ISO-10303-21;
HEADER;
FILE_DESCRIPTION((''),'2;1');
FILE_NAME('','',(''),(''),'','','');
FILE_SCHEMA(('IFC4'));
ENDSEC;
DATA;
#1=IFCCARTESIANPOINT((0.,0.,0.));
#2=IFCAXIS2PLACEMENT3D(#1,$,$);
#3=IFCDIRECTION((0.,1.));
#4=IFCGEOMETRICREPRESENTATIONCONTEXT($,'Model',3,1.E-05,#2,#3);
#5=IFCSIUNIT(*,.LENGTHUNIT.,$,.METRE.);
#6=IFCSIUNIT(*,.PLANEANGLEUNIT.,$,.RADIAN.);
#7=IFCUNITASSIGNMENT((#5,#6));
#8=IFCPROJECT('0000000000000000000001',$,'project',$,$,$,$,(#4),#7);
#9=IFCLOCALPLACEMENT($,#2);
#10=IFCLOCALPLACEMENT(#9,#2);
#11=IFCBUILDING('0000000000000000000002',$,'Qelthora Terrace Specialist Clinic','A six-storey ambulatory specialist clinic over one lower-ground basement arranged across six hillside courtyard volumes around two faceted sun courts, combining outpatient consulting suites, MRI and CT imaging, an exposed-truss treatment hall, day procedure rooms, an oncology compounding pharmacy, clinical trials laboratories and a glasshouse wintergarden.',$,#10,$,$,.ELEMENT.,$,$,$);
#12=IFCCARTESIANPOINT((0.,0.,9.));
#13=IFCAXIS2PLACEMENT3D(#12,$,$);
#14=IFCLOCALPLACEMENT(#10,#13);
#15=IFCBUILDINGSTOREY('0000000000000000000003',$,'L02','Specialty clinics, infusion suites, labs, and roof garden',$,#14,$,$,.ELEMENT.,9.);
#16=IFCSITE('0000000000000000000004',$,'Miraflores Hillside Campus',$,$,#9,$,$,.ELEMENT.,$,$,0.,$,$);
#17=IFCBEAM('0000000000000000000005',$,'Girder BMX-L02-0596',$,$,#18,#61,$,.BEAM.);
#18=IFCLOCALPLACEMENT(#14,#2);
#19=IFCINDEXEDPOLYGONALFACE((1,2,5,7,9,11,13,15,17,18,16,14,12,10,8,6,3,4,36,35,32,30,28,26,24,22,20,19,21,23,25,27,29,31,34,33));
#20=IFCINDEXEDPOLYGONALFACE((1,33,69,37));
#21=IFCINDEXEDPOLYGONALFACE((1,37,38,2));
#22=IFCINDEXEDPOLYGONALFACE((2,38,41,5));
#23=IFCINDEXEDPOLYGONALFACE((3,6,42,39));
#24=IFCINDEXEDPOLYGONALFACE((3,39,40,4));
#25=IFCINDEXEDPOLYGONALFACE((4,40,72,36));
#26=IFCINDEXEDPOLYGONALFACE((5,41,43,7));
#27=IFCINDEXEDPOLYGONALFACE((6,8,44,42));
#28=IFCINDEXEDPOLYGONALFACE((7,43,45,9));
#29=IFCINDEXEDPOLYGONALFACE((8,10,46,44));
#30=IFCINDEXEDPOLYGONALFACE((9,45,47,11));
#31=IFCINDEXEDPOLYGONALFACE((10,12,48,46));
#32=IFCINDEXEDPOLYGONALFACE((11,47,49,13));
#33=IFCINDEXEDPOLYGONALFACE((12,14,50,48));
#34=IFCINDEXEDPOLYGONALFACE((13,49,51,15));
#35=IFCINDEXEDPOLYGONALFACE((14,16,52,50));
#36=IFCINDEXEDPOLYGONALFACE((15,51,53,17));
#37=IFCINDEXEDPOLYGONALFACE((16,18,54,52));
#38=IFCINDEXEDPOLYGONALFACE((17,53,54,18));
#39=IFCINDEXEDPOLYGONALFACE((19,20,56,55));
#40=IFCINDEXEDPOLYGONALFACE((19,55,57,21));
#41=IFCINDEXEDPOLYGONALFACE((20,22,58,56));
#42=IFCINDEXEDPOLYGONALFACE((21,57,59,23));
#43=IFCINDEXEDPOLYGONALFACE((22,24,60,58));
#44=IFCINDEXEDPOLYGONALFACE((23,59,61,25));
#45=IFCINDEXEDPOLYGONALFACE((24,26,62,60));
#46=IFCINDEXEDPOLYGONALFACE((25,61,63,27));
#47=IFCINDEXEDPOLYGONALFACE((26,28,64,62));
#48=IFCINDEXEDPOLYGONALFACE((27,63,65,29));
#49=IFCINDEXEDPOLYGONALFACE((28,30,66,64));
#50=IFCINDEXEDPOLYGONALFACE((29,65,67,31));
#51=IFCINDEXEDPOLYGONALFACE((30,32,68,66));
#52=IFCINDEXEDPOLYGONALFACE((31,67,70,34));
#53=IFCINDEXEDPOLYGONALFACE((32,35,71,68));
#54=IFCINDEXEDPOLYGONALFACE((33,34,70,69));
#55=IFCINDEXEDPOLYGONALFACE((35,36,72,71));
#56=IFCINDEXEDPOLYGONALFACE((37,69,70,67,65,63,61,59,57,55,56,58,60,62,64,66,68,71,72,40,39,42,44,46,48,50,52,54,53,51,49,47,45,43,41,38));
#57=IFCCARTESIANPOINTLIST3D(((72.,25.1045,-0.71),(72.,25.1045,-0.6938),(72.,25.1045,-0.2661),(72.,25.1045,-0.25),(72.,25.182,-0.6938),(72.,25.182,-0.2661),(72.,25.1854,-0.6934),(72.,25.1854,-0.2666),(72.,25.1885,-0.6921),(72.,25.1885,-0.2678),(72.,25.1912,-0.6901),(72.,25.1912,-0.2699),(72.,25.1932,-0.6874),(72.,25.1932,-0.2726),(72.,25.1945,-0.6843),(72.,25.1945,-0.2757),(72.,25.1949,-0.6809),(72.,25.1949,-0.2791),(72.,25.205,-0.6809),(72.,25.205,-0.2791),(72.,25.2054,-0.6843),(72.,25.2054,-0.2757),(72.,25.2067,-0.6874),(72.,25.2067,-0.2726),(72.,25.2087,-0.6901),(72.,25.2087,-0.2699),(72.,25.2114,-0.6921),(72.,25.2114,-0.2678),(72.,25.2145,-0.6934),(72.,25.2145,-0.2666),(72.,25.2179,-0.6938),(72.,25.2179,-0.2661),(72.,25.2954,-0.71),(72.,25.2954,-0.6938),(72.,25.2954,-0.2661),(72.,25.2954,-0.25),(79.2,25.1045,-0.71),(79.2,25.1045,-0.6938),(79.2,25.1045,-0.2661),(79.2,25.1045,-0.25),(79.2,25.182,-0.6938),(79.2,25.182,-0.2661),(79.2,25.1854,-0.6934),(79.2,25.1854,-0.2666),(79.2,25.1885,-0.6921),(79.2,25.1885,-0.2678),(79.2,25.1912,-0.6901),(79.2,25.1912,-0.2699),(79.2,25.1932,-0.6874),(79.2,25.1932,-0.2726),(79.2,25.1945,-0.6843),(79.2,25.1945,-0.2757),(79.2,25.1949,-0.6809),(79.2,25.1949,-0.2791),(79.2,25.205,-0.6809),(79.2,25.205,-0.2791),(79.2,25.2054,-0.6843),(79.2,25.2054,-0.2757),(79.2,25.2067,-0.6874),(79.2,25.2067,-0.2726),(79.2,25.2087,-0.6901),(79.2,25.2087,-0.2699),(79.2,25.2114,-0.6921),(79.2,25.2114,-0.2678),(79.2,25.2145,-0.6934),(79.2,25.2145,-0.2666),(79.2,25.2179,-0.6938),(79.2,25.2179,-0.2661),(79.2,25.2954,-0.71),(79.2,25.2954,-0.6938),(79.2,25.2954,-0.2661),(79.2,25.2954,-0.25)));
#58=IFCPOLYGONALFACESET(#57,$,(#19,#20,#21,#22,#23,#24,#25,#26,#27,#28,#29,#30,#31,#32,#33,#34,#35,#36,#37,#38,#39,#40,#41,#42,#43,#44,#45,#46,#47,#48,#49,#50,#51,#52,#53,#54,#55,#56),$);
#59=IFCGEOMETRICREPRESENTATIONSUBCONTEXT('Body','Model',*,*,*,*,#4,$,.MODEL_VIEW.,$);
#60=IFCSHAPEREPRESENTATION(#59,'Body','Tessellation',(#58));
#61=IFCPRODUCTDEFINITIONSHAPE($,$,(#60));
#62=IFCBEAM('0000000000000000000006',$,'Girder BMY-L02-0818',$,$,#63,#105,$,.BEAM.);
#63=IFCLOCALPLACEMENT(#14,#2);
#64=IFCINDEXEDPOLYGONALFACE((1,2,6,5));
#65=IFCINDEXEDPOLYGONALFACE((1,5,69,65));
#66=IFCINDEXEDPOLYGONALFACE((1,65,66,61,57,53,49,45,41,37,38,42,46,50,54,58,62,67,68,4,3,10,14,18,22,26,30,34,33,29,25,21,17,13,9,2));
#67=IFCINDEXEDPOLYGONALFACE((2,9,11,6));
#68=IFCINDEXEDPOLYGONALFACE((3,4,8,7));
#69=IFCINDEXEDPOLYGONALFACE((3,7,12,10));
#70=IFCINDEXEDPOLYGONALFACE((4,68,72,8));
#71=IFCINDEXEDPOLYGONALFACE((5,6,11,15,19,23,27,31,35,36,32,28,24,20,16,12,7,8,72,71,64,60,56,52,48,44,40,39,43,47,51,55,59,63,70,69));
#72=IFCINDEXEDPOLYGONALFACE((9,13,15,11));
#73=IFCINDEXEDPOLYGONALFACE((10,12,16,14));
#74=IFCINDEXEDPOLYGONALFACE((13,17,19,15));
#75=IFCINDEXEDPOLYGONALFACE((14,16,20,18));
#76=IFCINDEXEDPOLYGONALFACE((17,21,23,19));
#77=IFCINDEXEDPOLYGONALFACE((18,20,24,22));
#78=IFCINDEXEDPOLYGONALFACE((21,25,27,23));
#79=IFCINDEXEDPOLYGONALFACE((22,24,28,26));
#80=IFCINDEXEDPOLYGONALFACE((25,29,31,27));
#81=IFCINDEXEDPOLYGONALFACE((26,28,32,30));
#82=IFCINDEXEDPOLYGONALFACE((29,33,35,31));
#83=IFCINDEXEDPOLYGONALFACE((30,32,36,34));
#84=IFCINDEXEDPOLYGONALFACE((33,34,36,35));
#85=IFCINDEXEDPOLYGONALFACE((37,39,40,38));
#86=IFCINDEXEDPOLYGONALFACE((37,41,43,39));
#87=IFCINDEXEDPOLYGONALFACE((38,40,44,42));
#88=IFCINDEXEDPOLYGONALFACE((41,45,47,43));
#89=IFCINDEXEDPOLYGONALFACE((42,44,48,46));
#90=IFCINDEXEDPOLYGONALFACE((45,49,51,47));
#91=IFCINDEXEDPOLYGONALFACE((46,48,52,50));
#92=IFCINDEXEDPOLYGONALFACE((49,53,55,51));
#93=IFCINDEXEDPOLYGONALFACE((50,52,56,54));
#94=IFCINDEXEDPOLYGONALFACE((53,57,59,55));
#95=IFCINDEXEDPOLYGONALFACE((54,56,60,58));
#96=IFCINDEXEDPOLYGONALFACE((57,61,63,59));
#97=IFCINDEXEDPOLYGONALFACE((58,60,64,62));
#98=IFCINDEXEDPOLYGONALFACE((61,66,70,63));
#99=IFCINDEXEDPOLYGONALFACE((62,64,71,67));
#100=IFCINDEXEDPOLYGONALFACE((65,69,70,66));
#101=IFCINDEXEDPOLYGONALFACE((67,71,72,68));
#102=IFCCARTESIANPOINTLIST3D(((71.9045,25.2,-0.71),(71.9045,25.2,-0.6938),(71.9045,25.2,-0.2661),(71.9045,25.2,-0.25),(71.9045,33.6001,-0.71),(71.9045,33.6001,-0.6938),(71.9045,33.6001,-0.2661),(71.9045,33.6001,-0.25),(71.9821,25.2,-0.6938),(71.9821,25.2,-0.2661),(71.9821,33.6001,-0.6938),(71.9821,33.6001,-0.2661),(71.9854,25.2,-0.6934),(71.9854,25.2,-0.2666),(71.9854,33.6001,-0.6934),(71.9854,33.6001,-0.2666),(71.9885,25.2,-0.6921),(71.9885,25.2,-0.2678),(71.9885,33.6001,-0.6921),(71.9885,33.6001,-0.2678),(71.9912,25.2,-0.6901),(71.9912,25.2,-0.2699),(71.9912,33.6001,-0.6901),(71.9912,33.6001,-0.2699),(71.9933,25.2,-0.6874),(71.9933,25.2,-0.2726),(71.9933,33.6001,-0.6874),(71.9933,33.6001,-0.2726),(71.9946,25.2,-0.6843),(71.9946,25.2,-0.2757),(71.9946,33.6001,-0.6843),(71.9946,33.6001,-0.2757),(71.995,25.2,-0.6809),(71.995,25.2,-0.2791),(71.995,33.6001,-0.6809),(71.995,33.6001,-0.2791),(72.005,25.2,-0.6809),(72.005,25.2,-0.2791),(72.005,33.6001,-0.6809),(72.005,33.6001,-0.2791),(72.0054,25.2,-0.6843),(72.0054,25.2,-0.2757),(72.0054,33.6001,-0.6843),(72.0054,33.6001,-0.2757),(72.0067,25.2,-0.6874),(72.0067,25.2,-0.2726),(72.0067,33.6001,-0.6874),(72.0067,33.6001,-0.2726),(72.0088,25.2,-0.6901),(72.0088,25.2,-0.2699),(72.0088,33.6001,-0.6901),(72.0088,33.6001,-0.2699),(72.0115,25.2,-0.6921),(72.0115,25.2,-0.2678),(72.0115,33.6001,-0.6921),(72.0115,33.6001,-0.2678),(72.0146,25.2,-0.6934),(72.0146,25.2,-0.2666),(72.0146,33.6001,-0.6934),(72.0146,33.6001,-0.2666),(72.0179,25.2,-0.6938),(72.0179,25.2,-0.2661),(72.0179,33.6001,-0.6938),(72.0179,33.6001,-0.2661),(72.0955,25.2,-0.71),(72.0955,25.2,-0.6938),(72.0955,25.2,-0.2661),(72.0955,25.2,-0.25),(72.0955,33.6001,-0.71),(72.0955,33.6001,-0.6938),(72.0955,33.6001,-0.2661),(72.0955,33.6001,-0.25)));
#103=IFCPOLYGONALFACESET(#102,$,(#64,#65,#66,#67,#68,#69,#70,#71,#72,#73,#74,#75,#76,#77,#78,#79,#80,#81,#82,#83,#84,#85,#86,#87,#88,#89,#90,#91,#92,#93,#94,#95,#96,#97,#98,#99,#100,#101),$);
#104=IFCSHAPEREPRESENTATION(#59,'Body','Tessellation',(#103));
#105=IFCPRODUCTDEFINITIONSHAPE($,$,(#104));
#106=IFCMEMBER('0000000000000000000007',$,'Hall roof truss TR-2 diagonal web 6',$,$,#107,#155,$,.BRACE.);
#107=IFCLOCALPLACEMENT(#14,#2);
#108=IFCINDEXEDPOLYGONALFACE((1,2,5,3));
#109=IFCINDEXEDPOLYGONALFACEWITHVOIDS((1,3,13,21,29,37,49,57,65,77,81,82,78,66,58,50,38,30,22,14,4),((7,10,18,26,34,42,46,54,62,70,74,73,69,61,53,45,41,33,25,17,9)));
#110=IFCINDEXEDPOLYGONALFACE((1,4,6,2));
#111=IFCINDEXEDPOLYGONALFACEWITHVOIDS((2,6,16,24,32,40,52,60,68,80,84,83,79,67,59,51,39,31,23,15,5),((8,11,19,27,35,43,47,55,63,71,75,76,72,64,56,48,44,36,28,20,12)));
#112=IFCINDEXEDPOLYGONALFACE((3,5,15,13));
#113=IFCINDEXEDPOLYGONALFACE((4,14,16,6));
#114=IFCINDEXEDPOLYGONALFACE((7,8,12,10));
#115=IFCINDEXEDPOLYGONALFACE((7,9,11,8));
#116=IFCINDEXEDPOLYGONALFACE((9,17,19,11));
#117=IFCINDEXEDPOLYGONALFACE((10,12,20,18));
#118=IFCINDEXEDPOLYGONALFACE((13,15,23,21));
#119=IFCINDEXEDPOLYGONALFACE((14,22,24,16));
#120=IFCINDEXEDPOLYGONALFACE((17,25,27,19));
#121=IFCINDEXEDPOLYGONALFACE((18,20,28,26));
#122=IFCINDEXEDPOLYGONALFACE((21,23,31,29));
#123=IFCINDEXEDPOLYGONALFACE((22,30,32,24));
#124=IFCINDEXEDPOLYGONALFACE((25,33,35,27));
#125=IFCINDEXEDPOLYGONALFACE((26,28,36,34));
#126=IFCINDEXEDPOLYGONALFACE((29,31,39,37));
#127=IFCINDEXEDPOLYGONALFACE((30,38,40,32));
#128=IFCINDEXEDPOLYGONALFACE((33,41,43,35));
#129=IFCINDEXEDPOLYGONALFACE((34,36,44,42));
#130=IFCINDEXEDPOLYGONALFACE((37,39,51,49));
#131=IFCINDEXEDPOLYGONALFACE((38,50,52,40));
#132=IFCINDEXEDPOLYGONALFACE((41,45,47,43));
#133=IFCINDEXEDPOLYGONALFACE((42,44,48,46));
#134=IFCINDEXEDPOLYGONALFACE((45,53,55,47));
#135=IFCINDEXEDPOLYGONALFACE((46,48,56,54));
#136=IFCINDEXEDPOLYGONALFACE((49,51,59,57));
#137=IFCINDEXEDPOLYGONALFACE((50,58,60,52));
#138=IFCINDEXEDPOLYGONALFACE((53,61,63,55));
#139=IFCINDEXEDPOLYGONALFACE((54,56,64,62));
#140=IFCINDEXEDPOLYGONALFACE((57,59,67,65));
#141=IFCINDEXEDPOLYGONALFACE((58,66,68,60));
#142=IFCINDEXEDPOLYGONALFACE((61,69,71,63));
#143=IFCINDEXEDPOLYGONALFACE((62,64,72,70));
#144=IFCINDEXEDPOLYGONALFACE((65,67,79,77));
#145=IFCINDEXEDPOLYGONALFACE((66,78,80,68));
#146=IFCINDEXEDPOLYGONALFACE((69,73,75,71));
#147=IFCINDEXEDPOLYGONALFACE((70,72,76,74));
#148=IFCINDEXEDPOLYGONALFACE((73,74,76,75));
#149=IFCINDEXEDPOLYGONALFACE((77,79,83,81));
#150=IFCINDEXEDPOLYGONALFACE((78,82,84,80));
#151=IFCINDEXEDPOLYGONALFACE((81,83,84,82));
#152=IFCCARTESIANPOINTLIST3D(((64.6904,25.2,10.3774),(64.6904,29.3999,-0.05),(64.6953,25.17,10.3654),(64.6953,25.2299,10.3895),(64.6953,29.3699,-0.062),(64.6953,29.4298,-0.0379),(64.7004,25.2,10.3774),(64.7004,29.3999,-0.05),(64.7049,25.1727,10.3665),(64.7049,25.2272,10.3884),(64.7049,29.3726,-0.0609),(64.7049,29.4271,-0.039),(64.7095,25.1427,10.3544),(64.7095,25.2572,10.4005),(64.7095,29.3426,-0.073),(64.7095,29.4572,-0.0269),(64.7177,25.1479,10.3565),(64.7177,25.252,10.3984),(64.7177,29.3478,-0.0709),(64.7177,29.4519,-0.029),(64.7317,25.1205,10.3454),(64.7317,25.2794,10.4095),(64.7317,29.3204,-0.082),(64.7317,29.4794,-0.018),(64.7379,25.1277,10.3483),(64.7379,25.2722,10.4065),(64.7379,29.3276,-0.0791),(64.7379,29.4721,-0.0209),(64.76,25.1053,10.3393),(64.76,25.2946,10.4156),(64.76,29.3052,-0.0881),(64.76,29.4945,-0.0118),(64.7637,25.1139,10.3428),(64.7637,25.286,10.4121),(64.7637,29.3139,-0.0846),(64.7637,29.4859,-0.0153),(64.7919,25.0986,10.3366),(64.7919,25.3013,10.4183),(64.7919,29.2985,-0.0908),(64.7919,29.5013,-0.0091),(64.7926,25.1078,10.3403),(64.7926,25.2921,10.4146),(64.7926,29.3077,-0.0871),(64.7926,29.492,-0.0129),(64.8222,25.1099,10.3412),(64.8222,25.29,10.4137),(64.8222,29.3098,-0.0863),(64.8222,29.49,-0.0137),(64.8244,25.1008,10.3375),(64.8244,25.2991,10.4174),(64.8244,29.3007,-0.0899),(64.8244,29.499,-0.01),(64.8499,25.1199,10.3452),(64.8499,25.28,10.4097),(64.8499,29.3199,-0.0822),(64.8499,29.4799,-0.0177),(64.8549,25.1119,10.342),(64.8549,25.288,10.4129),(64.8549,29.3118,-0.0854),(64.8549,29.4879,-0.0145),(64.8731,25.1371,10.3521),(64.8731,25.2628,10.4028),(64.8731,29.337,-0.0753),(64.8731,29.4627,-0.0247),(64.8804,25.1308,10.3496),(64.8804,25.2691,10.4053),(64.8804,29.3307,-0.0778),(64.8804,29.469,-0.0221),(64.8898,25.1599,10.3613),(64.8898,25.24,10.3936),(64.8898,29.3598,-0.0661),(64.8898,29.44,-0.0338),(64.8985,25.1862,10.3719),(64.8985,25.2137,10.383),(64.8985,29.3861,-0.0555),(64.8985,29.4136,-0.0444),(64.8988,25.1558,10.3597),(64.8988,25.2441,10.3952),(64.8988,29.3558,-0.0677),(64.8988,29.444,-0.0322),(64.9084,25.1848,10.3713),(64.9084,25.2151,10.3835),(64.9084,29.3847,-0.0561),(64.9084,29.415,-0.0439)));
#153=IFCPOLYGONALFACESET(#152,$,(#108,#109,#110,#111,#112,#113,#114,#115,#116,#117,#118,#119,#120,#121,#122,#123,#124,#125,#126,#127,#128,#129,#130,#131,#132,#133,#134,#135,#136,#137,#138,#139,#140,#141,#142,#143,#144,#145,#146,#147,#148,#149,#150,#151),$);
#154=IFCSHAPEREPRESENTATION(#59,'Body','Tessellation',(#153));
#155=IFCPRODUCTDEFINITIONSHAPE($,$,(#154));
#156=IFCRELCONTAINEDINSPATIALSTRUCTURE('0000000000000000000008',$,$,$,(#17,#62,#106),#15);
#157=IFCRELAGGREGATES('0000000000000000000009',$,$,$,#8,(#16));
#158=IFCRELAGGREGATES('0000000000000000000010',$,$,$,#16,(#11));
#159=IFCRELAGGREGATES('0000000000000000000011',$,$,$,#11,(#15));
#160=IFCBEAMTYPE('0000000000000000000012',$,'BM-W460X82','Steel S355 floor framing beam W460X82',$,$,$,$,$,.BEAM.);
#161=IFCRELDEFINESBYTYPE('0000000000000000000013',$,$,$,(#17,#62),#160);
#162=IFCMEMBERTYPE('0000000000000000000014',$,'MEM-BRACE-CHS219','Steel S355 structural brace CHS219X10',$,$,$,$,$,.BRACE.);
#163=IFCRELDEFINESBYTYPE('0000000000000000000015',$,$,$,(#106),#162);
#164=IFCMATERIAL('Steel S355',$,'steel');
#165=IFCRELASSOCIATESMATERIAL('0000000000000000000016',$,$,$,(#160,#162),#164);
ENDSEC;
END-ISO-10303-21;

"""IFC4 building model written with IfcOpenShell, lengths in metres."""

from ifc_helpers import new_model, si_unit, direction, frame, origin, origin_2d, place, context, subcontext, project, spatial, hollow_circle, i_section, extrude, material, material_profile, profile_set, type_object, element, save


model = new_model("IFC4")

# Units and contexts
model_context = context("Model", 3, precision=1e-05, world=origin(), true_north=direction((0.0, 1.0)))
body_context = subcontext(model_context, "Body", "Model", "MODEL_VIEW")
ifc_project = project(units=[si_unit("LENGTHUNIT", "METRE"), si_unit("PLANEANGLEUNIT", "RADIAN")], contexts=[model_context])

# Site, building, storey
site_placement = place(None, origin())
site = spatial("IfcSite", under=ifc_project, at=site_placement, Name="Miraflores Hillside Campus", CompositionType="ELEMENT", RefElevation=0.0)
building_placement = place(site_placement, origin())
building = spatial("IfcBuilding", under=site, at=building_placement, Name="Qelthora Terrace Specialist Clinic", Description="A six-storey ambulatory specialist clinic over one lower-ground basement arranged across six hillside courtyard volumes around two faceted sun courts, combining outpatient consulting suites, MRI and CT imaging, an exposed-truss treatment hall, day procedure rooms, an oncology compounding pharmacy, clinical trials laboratories and a glasshouse wintergarden.", CompositionType="ELEMENT")
storey_placement = place(building_placement, frame((0.0, 0.0, 9.0)))
storey = spatial("IfcBuildingStorey", under=building, at=storey_placement, Name="L02", Description="Specialty clinics, infusion suites, labs, and roof garden", CompositionType="ELEMENT", Elevation=9.0)

# Beams
ifc_material_1 = material(Name="Steel S355", Category="steel")
ifc_material_profile_1 = material_profile(ifc_material_1, i_section(OverallWidth=0.1909, OverallDepth=0.46, WebThickness=0.01, FlangeThickness=0.0161, FilletRadius=0.0129, at=origin_2d()), Name="W460X82")
ifc_profile_set_1 = profile_set([ifc_material_profile_1], Name="Steel S355")
beam_type = type_object("IfcBeamType", Name="BM-W460X82", Description="Steel S355 floor framing beam W460X82", PredefinedType="BEAM", material=ifc_profile_set_1)
beam_1_placement = place(storey_placement, frame((72.0, 25.2, -0.48), z_axis=(1.0, 0.0, 0.0), x_axis=(0.0, 1.0, 0.0)))
element("IfcBeam", 1, at=beam_1_placement, inside=storey, type_object=beam_type, Name="Girder BMX-L02-0596", PredefinedType="BEAM", context=body_context, shape_type="SweptSolid", body=[
    extrude(i_section(OverallWidth=0.1909, OverallDepth=0.46, WebThickness=0.01, FlangeThickness=0.0161, FilletRadius=0.0129, at=origin_2d()), origin(), (0.0, 0.0, 1.0), 7.2),
])
beam_2_placement = place(storey_placement, frame((72.0, 25.2, -0.48), z_axis=(0.0, 1.0, 0.0), x_axis=(-1.0, 0.0, 0.0)))
element("IfcBeam", 2, at=beam_2_placement, inside=storey, type_object=beam_type, Name="Girder BMY-L02-0818", PredefinedType="BEAM", context=body_context, shape_type="SweptSolid", body=[
    extrude(i_section(OverallWidth=0.1909, OverallDepth=0.46, WebThickness=0.01, FlangeThickness=0.0161, FilletRadius=0.0129, at=origin_2d()), origin(), (0.0, 0.0, 1.0), 8.4001),
])

# Member
ifc_material_profile_2 = material_profile(ifc_material_1, hollow_circle(Radius=0.1096, WallThickness=0.01, at=origin_2d()), Name="CHS219X10")
ifc_profile_set_2 = profile_set([ifc_material_profile_2], Name="Steel S355")
member_type_1 = type_object("IfcMemberType", Name="MEM-BRACE-CHS219", Description="Steel S355 structural brace CHS219X10", PredefinedType="BRACE", material=ifc_profile_set_2)
member_1_placement = place(storey_placement, frame((64.8, 25.2, 10.3774), z_axis=(0.0, 0.37361, -0.927586), x_axis=(-1.0, 0.0, 0.0)))
element("IfcMember", 3, at=member_1_placement, inside=storey, type_object=member_type_1, Name="Hall roof truss TR-2 diagonal web 6", PredefinedType="BRACE", context=body_context, shape_type="SweptSolid", body=[
    extrude(hollow_circle(Radius=0.1096, WallThickness=0.01, at=origin_2d()), origin(), (0.0, 0.0, 1.0), 11.2415),
])

save(model, "model.ifc")
